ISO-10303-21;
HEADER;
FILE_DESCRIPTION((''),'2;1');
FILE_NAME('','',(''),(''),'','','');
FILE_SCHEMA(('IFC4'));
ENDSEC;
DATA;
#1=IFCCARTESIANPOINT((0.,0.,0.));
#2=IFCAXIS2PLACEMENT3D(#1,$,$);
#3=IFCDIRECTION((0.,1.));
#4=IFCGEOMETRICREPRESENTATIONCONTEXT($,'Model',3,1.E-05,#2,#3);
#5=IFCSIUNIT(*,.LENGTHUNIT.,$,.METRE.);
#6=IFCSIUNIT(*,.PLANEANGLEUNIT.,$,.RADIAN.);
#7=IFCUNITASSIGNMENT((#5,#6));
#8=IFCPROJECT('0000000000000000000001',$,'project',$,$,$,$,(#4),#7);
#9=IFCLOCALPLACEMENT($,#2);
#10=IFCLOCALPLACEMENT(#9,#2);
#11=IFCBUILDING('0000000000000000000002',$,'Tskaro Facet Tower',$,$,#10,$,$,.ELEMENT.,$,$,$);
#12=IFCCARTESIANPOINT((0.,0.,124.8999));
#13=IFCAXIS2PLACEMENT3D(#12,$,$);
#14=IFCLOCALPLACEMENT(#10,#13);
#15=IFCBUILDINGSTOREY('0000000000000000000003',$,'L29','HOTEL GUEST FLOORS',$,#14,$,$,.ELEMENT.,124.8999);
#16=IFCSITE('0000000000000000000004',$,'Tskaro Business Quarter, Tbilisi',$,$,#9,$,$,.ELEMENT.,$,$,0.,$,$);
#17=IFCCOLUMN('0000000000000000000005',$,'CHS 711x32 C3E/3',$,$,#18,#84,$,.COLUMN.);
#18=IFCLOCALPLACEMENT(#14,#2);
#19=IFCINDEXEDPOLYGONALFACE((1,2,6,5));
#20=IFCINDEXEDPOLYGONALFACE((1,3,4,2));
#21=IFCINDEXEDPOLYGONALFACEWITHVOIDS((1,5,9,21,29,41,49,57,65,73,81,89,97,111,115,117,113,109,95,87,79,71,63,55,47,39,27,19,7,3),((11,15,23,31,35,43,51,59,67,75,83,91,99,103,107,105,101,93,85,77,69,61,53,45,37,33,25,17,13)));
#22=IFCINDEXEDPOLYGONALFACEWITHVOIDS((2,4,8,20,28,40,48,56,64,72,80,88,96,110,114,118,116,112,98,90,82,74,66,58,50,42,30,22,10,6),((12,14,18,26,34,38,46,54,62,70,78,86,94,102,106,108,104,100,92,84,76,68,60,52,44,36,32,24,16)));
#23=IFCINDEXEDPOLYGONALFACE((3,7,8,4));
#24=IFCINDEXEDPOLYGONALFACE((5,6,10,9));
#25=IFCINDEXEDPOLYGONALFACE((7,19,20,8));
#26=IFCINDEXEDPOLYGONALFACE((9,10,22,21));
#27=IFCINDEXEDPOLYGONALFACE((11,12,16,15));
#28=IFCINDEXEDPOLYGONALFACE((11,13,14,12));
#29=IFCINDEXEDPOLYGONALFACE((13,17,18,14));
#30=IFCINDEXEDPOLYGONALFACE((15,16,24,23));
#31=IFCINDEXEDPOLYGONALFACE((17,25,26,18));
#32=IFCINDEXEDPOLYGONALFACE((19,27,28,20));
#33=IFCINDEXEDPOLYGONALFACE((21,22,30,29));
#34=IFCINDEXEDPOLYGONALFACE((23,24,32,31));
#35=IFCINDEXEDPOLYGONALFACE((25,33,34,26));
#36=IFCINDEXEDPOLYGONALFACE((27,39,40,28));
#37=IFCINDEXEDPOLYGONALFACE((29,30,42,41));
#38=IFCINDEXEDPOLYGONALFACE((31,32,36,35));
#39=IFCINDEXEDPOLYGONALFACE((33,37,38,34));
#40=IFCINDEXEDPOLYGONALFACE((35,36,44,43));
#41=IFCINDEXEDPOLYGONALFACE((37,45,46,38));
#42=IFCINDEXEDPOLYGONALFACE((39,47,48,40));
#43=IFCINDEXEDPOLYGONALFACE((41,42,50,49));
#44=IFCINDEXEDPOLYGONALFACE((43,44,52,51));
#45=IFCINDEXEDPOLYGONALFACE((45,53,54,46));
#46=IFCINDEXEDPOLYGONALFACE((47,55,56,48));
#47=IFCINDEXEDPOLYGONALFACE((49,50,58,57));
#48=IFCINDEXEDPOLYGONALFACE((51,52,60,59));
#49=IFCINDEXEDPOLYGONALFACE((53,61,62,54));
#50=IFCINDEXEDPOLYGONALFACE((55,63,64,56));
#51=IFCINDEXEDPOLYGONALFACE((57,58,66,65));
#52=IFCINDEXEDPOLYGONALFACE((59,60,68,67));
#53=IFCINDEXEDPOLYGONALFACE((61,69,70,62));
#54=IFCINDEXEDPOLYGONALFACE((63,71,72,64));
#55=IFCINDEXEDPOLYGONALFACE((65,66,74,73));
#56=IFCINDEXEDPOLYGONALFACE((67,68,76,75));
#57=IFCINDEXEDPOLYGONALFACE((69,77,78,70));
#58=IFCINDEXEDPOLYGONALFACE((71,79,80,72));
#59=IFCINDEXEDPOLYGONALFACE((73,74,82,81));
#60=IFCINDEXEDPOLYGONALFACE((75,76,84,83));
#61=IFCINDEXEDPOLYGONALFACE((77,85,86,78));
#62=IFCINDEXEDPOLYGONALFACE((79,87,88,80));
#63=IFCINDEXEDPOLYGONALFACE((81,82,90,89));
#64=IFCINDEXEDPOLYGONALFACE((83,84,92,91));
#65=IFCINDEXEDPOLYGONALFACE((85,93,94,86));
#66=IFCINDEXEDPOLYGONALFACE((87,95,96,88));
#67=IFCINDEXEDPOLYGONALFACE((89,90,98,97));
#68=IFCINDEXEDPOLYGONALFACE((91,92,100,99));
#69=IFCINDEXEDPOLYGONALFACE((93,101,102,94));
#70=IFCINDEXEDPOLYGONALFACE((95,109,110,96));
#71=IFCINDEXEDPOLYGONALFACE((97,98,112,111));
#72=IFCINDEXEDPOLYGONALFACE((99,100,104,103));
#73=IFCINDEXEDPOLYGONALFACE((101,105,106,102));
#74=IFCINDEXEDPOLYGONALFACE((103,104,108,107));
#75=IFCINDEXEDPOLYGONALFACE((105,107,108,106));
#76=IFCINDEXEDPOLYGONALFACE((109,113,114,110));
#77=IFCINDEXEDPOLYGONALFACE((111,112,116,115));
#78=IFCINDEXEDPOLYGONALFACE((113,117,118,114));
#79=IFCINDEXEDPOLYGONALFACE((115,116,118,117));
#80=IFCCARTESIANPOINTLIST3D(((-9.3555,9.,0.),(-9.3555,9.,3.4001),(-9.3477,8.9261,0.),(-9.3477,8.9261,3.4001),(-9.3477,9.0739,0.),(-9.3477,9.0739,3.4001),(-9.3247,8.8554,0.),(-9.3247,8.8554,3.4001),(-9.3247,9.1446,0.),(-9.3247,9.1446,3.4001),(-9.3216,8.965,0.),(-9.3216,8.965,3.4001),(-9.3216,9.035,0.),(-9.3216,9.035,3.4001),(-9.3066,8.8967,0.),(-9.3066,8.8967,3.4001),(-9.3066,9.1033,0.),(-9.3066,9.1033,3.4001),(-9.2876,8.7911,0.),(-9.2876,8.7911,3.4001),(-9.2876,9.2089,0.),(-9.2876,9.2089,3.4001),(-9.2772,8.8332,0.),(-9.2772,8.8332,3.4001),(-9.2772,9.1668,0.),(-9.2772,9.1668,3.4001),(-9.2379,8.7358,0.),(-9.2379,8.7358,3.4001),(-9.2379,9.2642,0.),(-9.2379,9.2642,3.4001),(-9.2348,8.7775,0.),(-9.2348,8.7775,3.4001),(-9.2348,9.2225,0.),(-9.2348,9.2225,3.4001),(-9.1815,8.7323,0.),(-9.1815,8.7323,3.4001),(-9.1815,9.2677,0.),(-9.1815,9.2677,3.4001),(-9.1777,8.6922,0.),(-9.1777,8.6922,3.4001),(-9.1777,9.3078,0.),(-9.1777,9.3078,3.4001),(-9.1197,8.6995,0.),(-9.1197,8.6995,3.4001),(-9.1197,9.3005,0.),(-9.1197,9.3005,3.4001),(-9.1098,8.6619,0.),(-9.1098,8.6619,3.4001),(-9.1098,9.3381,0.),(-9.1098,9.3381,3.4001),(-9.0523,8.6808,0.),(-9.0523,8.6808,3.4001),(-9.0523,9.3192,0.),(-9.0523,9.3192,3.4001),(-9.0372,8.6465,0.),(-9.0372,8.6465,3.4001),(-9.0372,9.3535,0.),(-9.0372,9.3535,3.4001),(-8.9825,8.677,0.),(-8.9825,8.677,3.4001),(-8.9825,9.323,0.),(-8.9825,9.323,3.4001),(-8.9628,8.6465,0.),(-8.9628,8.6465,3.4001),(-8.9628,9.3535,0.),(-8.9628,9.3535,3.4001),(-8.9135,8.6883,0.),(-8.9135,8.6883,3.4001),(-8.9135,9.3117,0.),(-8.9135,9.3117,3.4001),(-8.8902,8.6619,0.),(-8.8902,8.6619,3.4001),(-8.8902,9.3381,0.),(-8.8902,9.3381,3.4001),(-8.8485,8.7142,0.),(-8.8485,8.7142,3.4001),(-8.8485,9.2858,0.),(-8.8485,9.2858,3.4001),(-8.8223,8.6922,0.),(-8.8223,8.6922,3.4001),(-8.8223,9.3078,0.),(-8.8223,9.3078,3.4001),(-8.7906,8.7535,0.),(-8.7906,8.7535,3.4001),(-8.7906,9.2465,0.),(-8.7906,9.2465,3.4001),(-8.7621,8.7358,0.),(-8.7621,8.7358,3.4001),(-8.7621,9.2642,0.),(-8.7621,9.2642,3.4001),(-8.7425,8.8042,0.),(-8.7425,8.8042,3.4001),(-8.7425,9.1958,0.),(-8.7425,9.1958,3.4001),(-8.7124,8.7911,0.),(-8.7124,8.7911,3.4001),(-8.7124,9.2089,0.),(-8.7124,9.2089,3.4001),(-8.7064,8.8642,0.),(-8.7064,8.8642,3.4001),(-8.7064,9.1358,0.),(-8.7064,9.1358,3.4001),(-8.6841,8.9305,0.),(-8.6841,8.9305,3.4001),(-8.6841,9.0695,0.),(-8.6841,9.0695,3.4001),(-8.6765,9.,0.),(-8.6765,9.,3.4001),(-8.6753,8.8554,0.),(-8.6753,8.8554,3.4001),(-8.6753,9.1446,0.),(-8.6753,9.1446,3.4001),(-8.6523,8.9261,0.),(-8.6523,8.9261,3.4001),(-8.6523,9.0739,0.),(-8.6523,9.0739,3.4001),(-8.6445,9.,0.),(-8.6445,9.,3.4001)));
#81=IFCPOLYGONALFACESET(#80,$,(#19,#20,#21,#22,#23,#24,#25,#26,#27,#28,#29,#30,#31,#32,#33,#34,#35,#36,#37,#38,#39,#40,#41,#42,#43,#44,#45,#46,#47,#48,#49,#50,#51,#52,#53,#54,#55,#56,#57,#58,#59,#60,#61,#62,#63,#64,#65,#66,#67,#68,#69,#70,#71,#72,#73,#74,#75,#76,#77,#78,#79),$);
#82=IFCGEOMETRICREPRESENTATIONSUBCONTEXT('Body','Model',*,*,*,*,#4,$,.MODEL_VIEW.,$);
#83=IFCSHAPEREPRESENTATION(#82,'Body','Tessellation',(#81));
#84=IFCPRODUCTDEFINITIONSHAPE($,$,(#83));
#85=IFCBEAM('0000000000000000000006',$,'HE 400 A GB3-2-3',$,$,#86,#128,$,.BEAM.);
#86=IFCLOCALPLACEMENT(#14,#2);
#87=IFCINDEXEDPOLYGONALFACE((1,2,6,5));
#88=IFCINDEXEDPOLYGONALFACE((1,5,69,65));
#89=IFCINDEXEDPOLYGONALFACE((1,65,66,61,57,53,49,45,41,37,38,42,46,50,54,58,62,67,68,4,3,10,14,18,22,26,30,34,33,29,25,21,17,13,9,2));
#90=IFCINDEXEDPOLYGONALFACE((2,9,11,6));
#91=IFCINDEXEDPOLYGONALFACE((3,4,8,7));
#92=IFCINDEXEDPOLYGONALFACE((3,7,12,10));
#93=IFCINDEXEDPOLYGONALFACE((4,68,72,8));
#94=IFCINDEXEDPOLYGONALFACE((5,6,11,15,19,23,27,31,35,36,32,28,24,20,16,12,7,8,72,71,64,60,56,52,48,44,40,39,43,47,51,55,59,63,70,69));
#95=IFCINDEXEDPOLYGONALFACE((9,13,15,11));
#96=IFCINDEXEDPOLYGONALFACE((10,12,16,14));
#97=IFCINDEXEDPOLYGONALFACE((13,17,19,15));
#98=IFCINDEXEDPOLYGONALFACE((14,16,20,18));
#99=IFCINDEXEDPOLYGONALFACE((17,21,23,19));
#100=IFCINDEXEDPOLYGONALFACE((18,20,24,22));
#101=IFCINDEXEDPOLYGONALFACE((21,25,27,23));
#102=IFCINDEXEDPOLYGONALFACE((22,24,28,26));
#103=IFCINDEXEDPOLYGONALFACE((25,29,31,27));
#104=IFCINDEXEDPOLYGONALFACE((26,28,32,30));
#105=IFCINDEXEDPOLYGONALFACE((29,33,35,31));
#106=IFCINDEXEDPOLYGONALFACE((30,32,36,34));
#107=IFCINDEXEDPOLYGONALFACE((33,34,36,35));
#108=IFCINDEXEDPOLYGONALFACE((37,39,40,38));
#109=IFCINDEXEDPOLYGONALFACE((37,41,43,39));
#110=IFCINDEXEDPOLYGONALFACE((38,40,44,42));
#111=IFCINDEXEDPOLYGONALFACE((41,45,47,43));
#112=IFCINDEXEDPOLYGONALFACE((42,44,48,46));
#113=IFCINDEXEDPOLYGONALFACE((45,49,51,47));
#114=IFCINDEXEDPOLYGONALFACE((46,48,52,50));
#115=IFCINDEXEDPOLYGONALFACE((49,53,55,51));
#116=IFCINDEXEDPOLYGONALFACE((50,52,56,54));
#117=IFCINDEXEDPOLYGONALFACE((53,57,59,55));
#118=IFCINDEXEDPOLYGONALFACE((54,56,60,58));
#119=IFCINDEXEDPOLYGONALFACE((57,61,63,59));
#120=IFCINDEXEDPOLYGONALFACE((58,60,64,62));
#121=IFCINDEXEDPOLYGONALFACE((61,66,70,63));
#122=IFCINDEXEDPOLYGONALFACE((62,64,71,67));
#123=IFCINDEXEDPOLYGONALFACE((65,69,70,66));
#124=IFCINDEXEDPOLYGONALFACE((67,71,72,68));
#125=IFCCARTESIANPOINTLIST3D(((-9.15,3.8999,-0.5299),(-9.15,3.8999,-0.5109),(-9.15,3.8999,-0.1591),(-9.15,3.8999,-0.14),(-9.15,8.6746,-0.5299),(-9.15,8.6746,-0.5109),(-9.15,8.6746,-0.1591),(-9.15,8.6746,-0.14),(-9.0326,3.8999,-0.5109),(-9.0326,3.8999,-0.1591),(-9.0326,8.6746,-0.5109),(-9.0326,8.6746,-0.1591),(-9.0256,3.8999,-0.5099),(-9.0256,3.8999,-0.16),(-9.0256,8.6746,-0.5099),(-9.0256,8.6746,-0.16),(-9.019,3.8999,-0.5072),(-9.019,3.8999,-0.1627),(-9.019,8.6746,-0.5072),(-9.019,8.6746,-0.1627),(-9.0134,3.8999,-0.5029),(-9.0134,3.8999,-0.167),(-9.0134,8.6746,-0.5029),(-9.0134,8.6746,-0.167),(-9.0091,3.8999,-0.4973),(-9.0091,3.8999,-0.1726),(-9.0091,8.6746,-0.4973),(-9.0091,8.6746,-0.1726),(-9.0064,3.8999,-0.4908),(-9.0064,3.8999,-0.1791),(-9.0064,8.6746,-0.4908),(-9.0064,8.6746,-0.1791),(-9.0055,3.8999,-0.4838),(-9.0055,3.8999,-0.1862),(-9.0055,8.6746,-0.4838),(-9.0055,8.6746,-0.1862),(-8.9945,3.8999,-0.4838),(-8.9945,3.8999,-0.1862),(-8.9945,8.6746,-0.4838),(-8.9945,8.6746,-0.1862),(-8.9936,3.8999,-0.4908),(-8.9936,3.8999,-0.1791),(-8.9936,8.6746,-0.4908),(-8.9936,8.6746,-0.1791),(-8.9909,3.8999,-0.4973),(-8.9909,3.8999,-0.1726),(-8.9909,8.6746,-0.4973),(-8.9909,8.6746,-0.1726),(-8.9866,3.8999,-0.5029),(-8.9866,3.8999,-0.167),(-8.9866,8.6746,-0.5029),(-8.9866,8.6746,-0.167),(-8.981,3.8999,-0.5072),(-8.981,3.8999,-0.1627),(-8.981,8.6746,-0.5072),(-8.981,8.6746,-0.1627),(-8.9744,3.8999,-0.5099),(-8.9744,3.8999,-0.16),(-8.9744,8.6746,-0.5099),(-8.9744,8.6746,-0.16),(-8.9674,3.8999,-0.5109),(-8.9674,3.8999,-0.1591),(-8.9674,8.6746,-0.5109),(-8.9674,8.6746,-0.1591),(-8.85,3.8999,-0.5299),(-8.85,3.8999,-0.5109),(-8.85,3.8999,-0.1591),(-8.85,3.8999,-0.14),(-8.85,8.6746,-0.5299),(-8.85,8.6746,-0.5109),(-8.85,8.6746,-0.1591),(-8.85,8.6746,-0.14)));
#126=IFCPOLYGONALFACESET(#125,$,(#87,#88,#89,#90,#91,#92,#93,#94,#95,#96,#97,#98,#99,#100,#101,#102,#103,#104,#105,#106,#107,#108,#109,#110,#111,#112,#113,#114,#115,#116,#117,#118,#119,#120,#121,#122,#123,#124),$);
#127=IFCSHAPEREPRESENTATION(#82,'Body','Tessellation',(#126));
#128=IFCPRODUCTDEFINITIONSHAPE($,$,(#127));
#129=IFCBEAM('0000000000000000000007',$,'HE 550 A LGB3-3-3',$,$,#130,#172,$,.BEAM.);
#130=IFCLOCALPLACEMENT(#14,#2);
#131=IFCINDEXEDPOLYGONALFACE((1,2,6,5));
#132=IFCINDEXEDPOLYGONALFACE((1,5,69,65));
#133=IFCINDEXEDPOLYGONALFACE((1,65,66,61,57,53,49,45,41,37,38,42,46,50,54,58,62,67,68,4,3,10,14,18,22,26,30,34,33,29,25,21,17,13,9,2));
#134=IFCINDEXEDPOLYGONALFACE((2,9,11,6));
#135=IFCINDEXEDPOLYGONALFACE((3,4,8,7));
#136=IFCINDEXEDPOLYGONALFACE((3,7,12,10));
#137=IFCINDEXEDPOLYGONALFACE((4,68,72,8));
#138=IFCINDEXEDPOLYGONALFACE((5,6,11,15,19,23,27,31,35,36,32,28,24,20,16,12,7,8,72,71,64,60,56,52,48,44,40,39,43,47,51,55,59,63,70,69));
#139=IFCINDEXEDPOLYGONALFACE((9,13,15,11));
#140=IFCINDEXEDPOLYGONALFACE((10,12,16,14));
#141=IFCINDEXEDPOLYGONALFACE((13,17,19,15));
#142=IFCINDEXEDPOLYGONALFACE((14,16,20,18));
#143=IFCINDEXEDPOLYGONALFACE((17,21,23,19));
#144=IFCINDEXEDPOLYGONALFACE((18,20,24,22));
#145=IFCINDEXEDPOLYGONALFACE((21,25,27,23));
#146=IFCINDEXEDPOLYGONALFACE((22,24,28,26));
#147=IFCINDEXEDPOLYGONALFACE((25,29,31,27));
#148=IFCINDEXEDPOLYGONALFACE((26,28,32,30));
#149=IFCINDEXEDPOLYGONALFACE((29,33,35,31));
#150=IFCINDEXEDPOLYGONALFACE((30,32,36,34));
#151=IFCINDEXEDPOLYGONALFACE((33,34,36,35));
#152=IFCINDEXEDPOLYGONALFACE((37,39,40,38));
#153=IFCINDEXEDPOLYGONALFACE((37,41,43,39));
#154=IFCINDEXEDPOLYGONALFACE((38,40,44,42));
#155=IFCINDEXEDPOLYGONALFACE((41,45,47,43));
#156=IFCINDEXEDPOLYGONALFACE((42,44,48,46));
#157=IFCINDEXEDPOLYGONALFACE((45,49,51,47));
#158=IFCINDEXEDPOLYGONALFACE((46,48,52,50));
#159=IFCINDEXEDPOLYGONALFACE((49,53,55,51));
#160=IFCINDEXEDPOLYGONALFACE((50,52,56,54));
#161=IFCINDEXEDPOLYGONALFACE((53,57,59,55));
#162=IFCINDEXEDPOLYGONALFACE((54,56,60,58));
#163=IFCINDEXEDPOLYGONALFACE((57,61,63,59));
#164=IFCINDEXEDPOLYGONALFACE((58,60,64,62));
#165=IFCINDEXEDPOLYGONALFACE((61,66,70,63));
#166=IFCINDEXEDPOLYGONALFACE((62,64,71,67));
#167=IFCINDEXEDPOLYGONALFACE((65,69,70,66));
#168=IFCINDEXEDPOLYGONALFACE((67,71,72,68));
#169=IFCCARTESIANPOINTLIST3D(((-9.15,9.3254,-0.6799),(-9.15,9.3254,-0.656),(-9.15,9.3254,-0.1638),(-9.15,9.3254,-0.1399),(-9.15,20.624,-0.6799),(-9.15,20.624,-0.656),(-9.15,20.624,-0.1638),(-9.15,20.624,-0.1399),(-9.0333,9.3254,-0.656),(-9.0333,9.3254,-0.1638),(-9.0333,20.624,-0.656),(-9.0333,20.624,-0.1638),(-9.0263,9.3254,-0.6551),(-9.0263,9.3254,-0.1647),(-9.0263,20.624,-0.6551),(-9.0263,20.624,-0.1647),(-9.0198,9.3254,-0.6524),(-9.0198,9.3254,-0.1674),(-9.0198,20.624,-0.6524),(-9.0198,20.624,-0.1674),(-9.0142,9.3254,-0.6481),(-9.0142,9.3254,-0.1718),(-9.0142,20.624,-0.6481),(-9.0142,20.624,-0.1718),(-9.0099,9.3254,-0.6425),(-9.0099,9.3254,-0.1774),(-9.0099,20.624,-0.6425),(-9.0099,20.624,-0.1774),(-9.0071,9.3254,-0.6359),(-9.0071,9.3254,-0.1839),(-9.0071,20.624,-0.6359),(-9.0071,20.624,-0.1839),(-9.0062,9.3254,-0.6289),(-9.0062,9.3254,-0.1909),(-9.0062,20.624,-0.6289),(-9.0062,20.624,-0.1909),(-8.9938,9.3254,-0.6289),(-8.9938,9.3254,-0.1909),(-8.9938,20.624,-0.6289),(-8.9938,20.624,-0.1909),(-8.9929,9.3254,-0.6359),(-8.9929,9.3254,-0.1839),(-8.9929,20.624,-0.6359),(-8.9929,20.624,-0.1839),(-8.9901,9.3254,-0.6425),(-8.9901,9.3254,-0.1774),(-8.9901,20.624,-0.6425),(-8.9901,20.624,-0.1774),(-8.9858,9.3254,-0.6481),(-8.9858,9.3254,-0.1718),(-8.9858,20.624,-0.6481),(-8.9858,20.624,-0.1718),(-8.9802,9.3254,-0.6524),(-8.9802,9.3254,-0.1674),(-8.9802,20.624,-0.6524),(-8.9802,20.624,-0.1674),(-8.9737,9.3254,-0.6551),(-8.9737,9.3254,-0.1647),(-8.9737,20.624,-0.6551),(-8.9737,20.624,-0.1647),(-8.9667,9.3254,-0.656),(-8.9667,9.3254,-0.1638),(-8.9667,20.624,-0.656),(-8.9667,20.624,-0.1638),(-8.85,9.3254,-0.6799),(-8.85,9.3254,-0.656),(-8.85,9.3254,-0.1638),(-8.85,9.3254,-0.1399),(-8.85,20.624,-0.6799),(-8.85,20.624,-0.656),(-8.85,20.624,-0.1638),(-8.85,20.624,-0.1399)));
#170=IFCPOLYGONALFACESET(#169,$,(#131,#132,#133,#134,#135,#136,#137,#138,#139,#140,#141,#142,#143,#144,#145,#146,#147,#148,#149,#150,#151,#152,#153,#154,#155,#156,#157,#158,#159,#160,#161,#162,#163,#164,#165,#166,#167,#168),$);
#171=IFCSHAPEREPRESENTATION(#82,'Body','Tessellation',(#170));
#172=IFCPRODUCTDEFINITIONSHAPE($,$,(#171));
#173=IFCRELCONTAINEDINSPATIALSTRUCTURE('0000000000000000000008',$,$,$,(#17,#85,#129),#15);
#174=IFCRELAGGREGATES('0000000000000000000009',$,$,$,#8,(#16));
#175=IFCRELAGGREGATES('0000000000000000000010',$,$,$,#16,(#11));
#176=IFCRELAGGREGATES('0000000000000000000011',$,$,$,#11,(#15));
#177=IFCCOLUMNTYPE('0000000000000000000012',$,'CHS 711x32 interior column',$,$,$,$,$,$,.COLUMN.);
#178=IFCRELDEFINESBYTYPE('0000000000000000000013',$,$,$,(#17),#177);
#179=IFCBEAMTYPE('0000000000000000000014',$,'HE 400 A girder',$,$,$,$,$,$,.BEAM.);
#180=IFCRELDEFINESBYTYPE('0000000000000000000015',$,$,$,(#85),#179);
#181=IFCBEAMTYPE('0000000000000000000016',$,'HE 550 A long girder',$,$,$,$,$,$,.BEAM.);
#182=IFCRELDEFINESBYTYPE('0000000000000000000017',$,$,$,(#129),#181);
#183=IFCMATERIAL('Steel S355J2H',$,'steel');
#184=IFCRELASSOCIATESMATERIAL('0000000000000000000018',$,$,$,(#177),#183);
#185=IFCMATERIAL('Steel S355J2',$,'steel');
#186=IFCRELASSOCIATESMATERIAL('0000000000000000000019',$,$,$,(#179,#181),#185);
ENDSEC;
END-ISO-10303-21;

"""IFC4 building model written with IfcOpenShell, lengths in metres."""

from ifc_helpers import new_model, si_unit, direction, frame, origin, origin_2d, place, context, subcontext, project, spatial, hollow_circle, i_section, extrude, material, material_profile, profile_set, type_object, element, save


model = new_model("IFC4")

# Units and contexts
model_context = context("Model", 3, precision=1e-05, world=origin(), true_north=direction((0.0, 1.0)))
body_context = subcontext(model_context, "Body", "Model", "MODEL_VIEW")
ifc_project = project(units=[si_unit("LENGTHUNIT", "METRE"), si_unit("PLANEANGLEUNIT", "RADIAN")], contexts=[model_context])

# Site, building, storey
site_placement = place(None, origin())
site = spatial("IfcSite", under=ifc_project, at=site_placement, Name="Tskaro Business Quarter, Tbilisi", CompositionType="ELEMENT", RefElevation=0.0)
building_placement = place(site_placement, origin())
building = spatial("IfcBuilding", under=site, at=building_placement, Name="Tskaro Facet Tower", CompositionType="ELEMENT")
storey_placement = place(building_placement, frame((0.0, 0.0, 124.8999)))
storey = spatial("IfcBuildingStorey", under=building, at=storey_placement, Name="L29", Description="HOTEL GUEST FLOORS", CompositionType="ELEMENT", Elevation=124.8999)

# Column
ifc_material_1 = material(Name="Steel S355J2H", Category="steel")
ifc_material_profile_1 = material_profile(ifc_material_1, hollow_circle(Radius=0.3555, WallThickness=0.032, at=origin_2d()), Name="CHS 711x32")
ifc_profile_set_1 = profile_set([ifc_material_profile_1], Name="Steel S355J2H")
column_type = type_object("IfcColumnType", Name="CHS 711x32 interior column", PredefinedType="COLUMN", material=ifc_profile_set_1)
column_placement = place(storey_placement, frame((-9.0, 9.0, 0.0), z_axis=(0.0, 0.0, 1.0), x_axis=(1.0, 0.0, 0.0)))
element("IfcColumn", 1, at=column_placement, inside=storey, type_object=column_type, Name="CHS 711x32 C3E/3", PredefinedType="COLUMN", context=body_context, shape_type="SweptSolid", body=[
    extrude(hollow_circle(Radius=0.3555, WallThickness=0.032, at=origin_2d()), origin(), (0.0, 0.0, 1.0), 3.4001),
])

# Beams
ifc_material_2 = material(Name="Steel S355J2", Category="steel")
ifc_material_profile_2 = material_profile(ifc_material_2, i_section(OverallWidth=0.3, OverallDepth=0.3899, WebThickness=0.011, FlangeThickness=0.019, FilletRadius=0.0271, at=origin_2d()), Name="HE 400 A")
ifc_profile_set_2 = profile_set([ifc_material_profile_2], Name="Steel S355J2")
beam_type_1 = type_object("IfcBeamType", Name="HE 400 A girder", PredefinedType="BEAM", material=ifc_profile_set_2)
beam_1_placement = place(storey_placement, frame((-9.0, 3.8999, -0.335), z_axis=(0.0, 1.0, 0.0), x_axis=(-1.0, 0.0, 0.0)))
element("IfcBeam", 2, at=beam_1_placement, inside=storey, type_object=beam_type_1, Name="HE 400 A GB3-2-3", PredefinedType="BEAM", context=body_context, shape_type="SweptSolid", body=[
    extrude(i_section(OverallWidth=0.3, OverallDepth=0.3899, WebThickness=0.011, FlangeThickness=0.019, FilletRadius=0.0271, at=origin_2d()), origin(), (0.0, 0.0, 1.0), 4.7747),
])
ifc_material_profile_3 = material_profile(ifc_material_2, i_section(OverallWidth=0.3, OverallDepth=0.54, WebThickness=0.0125, FlangeThickness=0.0239, FilletRadius=0.0271, at=origin_2d()), Name="HE 550 A")
ifc_profile_set_3 = profile_set([ifc_material_profile_3], Name="Steel S355J2")
beam_type_2 = type_object("IfcBeamType", Name="HE 550 A long girder", PredefinedType="BEAM", material=ifc_profile_set_3)
beam_2_placement = place(storey_placement, frame((-9.0, 9.3254, -0.4099), z_axis=(0.0, 1.0, 0.0), x_axis=(-1.0, 0.0, 0.0)))
element("IfcBeam", 3, at=beam_2_placement, inside=storey, type_object=beam_type_2, Name="HE 550 A LGB3-3-3", PredefinedType="BEAM", context=body_context, shape_type="SweptSolid", body=[
    extrude(i_section(OverallWidth=0.3, OverallDepth=0.54, WebThickness=0.0125, FlangeThickness=0.0239, FilletRadius=0.0271, at=origin_2d()), origin(), (0.0, 0.0, 1.0), 11.2986),
])

save(model, "model.ifc")
